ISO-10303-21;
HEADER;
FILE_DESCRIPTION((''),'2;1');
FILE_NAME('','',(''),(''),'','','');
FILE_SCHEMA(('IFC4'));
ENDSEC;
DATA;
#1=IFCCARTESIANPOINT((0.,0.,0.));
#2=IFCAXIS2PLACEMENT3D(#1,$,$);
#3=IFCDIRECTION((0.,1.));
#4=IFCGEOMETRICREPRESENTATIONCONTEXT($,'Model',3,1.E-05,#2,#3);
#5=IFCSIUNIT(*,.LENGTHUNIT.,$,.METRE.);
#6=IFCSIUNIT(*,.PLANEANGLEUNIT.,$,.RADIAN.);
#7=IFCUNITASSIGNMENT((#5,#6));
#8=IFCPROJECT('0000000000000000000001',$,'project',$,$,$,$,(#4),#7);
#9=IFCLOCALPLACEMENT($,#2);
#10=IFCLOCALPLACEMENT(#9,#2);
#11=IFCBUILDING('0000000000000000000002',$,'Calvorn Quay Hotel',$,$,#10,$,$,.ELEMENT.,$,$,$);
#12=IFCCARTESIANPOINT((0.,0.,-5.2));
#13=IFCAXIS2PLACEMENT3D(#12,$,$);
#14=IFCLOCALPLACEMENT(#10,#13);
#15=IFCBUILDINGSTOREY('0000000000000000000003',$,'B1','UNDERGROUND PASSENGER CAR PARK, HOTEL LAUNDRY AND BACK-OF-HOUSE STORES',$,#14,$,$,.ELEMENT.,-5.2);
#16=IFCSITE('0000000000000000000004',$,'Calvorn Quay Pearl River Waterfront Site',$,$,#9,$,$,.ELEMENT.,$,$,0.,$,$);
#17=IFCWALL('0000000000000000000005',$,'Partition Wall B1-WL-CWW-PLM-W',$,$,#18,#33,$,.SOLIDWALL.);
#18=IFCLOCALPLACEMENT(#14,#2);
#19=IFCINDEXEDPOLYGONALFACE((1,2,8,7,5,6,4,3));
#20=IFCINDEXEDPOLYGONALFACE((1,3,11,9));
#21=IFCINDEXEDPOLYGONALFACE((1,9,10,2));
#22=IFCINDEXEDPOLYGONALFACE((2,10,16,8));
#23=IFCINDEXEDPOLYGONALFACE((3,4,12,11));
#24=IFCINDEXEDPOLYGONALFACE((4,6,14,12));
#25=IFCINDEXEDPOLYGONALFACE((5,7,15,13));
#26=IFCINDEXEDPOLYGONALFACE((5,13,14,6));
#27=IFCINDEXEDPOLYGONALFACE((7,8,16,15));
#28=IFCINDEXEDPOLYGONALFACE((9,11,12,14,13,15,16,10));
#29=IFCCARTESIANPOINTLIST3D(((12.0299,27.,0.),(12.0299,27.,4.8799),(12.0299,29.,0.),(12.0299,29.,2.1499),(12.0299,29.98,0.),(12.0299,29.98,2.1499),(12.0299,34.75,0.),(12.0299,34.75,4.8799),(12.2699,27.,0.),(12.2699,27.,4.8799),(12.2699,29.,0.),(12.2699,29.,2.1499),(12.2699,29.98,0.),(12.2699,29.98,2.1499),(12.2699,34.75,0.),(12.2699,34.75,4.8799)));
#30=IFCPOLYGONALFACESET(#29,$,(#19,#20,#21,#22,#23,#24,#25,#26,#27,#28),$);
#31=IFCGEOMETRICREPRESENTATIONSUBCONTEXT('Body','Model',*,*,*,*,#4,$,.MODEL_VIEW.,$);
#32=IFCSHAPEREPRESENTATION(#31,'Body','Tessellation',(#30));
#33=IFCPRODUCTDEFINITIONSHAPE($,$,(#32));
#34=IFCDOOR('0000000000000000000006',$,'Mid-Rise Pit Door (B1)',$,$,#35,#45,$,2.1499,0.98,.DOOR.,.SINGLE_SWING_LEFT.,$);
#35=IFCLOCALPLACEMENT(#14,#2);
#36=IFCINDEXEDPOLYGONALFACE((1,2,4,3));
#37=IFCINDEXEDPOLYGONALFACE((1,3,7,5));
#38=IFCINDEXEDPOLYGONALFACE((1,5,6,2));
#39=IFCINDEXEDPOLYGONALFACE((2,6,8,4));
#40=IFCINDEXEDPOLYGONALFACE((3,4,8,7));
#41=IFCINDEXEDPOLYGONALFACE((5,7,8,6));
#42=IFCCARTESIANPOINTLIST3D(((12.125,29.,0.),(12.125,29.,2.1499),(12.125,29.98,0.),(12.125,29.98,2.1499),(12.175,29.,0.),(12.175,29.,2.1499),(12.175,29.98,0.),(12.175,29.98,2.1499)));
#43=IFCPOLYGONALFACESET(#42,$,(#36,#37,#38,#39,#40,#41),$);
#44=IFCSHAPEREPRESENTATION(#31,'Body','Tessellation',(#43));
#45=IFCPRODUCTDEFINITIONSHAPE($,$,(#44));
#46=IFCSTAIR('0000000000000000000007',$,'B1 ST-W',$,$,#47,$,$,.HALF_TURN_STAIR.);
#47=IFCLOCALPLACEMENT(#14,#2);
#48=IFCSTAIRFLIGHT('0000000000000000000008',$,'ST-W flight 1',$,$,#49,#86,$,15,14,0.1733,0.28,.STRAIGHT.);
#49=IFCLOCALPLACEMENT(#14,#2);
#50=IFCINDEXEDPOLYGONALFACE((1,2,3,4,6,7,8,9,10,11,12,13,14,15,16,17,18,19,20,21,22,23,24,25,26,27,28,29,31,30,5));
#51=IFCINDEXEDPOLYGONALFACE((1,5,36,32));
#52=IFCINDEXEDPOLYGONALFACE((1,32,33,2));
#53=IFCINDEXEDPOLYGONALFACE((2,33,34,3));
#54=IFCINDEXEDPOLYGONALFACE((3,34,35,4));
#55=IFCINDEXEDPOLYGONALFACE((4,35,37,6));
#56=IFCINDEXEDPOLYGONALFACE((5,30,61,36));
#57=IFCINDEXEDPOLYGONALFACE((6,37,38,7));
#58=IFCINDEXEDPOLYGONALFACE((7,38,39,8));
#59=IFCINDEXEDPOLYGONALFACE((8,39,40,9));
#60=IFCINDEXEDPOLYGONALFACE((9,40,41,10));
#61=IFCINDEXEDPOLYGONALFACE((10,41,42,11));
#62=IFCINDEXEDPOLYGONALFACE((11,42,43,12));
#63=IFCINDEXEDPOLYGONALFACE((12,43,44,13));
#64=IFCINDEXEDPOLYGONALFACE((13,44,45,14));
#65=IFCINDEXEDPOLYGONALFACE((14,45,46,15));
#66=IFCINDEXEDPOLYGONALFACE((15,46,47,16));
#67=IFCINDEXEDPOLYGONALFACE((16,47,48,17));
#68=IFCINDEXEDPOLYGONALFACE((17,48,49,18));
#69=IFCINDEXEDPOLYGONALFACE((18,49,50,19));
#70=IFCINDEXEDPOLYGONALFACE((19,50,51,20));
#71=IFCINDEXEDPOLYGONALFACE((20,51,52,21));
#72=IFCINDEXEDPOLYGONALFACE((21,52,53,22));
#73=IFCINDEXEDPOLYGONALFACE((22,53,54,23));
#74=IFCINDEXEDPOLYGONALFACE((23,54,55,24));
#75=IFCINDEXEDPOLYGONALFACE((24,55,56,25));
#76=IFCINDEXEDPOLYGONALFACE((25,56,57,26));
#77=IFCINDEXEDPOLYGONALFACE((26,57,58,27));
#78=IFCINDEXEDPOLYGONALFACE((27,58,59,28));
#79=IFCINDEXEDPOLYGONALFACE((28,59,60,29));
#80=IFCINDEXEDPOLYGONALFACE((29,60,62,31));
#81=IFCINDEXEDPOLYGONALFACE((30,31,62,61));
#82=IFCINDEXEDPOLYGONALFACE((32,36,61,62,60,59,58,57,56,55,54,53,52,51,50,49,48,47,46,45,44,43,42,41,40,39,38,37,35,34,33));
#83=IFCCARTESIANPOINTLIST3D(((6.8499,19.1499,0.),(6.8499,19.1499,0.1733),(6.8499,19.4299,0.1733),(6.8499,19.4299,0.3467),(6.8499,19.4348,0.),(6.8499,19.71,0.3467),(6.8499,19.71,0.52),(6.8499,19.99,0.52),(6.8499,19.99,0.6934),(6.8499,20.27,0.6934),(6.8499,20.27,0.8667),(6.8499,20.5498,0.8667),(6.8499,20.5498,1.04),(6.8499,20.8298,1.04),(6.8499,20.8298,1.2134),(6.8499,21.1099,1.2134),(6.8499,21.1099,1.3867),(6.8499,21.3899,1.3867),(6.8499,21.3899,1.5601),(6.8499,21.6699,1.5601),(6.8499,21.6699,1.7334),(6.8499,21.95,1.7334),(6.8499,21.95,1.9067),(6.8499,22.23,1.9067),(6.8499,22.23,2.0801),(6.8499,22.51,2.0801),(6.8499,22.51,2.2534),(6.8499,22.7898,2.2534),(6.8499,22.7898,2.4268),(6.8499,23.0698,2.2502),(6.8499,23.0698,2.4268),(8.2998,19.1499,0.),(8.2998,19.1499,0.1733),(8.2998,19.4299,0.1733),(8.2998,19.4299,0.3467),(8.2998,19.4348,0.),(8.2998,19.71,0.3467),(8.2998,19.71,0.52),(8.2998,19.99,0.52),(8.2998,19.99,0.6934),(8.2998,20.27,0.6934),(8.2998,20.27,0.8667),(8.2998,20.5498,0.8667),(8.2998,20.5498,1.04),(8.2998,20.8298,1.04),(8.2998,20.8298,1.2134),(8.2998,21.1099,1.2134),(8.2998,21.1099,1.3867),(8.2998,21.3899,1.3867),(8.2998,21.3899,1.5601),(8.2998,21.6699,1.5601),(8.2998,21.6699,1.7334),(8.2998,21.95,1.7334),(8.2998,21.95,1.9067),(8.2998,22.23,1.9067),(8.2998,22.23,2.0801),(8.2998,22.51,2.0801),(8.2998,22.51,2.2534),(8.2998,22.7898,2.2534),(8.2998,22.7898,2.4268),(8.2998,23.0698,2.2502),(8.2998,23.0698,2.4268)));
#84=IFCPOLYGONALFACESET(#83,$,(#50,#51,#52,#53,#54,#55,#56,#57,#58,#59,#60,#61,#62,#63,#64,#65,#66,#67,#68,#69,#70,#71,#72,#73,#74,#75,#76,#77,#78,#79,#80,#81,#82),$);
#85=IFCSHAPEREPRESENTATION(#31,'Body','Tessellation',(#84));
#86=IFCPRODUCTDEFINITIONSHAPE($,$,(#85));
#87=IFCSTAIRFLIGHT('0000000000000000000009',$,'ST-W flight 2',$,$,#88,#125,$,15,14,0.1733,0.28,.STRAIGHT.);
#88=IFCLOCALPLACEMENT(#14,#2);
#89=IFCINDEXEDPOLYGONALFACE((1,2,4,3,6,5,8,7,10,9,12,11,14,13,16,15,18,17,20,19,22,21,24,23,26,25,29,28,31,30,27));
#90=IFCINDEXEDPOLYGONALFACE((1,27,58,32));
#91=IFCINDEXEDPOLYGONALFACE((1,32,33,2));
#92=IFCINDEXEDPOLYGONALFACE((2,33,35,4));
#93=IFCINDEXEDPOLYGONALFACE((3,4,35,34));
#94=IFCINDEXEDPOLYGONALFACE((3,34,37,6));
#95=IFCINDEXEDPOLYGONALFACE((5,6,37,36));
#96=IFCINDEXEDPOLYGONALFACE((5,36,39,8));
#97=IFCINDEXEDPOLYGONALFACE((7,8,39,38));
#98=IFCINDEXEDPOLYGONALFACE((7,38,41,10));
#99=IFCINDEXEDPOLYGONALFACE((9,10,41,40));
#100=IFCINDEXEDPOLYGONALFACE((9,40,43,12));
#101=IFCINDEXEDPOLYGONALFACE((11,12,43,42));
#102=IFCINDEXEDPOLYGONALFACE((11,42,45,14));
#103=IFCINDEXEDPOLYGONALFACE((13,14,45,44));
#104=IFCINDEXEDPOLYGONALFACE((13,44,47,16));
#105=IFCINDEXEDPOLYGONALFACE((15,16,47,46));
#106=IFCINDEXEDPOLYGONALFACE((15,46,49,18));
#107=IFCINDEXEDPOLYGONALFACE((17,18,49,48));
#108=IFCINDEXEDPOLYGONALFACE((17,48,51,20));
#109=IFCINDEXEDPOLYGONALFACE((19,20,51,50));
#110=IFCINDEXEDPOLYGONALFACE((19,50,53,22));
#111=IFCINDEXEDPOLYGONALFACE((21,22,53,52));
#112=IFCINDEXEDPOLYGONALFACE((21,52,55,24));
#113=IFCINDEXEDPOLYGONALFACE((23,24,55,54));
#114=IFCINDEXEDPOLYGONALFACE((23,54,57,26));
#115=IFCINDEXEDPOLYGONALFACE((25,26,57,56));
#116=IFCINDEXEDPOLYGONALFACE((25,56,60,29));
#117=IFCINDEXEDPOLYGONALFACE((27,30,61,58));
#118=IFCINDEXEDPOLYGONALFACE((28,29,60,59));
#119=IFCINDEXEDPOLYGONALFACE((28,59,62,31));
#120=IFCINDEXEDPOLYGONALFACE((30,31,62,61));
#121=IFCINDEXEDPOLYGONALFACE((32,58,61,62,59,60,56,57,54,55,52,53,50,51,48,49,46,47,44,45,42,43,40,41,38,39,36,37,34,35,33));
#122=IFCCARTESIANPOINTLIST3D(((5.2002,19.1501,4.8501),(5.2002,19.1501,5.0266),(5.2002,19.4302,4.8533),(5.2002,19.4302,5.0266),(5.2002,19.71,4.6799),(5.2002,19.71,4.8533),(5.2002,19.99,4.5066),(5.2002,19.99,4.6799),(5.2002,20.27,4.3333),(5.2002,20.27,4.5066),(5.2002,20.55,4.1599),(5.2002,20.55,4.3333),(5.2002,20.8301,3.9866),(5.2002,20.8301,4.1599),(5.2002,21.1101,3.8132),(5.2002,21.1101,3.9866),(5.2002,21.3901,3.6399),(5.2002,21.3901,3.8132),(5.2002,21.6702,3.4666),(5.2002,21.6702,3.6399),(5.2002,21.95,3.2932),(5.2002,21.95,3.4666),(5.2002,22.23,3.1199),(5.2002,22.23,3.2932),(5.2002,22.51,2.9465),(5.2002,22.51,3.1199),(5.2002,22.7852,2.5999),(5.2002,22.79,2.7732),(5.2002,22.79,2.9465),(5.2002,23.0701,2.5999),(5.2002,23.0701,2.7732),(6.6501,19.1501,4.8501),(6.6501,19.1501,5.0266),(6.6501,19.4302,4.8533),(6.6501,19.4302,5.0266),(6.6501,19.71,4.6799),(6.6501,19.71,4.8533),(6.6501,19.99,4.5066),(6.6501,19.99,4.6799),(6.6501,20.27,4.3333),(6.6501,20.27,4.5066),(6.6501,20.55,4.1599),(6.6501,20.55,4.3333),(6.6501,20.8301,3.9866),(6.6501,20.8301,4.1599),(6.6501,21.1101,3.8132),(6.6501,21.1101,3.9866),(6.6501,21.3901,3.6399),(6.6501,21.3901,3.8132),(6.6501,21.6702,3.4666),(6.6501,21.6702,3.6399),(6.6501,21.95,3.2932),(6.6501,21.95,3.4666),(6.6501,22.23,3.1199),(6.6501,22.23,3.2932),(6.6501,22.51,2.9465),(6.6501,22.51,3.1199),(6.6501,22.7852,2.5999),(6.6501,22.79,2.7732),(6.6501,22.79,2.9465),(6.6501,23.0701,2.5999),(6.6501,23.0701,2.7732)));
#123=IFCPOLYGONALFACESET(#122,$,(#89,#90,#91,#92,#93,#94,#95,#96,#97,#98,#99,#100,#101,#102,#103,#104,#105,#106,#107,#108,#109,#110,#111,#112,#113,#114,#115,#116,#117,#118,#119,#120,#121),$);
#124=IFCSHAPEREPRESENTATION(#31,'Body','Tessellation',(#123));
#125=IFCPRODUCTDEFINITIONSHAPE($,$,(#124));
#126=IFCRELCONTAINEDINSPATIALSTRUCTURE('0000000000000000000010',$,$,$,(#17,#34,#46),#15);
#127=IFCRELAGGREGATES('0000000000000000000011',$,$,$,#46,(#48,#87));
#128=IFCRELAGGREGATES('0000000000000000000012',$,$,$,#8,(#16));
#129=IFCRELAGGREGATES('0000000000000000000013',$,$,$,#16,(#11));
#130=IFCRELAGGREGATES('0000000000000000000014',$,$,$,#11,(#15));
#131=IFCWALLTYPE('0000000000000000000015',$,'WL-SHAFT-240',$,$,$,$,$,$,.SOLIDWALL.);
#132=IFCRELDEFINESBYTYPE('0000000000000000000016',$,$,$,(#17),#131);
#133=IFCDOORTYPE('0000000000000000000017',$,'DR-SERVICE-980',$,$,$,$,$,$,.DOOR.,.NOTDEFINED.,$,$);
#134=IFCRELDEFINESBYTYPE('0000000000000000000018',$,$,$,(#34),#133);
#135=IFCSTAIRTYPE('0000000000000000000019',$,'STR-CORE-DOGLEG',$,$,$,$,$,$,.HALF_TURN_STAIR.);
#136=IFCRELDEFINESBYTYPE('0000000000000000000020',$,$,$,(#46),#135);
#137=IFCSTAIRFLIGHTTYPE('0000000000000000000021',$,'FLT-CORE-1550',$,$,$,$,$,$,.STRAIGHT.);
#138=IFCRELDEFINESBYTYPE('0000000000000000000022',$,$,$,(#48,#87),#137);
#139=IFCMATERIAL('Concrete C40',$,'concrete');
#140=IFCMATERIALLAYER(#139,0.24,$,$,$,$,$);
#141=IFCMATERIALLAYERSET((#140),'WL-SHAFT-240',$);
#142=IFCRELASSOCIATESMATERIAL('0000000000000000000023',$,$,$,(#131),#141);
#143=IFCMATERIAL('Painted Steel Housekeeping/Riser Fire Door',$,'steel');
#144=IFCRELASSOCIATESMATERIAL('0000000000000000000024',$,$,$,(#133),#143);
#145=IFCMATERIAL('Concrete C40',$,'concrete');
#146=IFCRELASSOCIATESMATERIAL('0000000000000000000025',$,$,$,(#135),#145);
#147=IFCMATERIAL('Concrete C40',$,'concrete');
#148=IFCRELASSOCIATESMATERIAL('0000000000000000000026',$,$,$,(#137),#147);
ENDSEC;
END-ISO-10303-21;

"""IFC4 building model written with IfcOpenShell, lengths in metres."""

from ifc_helpers import new_model, si_unit, direction, frame, frame_2d, origin, place, context, subcontext, project, spatial, polyline, rectangle, outline, extrude, material, layer, layer_set, type_object, element, fill, aggregate, save


model = new_model("IFC4")

# Units and contexts
model_context = context("Model", 3, precision=1e-05, world=origin(), true_north=direction((0.0, 1.0)))
body_context = subcontext(model_context, "Body", "Model", "MODEL_VIEW")
ifc_project = project(units=[si_unit("LENGTHUNIT", "METRE"), si_unit("PLANEANGLEUNIT", "RADIAN")], contexts=[model_context])

# Site, building, storey
site_placement = place(None, origin())
site = spatial("IfcSite", under=ifc_project, at=site_placement, Name="Calvorn Quay Pearl River Waterfront Site", CompositionType="ELEMENT", RefElevation=0.0)
building_placement = place(site_placement, origin())
building = spatial("IfcBuilding", under=site, at=building_placement, Name="Calvorn Quay Hotel", CompositionType="ELEMENT")
storey_placement = place(building_placement, frame((0.0, 0.0, -5.2)))
storey = spatial("IfcBuildingStorey", under=building, at=storey_placement, Name="B1", Description="UNDERGROUND PASSENGER CAR PARK, HOTEL LAUNDRY AND BACK-OF-HOUSE STORES", CompositionType="ELEMENT", Elevation=-5.2)

# Shared definitions
ifc_material_1 = material(Name="Concrete C40", Category="concrete")
ifc_layer_1 = layer(ifc_material_1, 0.24)
ifc_layer_set_1 = layer_set([ifc_layer_1], Name="WL-SHAFT-240")
wall_type_1 = type_object("IfcWallType", Name="WL-SHAFT-240", PredefinedType="SOLIDWALL", material=ifc_layer_set_1)

# Shared definitions
ifc_material_2 = material(Name="Painted Steel Housekeeping/Riser Fire Door", Category="steel")
door_type_1 = type_object("IfcDoorType", Name="DR-SERVICE-980", OperationType="NOTDEFINED", PredefinedType="DOOR", material=ifc_material_2)

# Wall, opening, door
wall_1_placement = place(storey_placement, frame((12.1499, 27.0, 0.0), z_axis=(0.0, 0.0, 1.0), x_axis=(0.0, 1.0, 0.0)))
wall_1 = element("IfcWall", 1, at=wall_1_placement, inside=storey, type_object=wall_type_1, Name="Partition Wall B1-WL-CWW-PLM-W", PredefinedType="SOLIDWALL", context=body_context, shape_type="SweptSolid", body=[
    extrude(rectangle(XDim=7.75, YDim=0.24, at=frame_2d((3.875, 0.0))), origin(), (0.0, 0.0, 1.0), 4.8799),
])
opening_1_placement = place(wall_1_placement, frame((2.0, 0.0, 0.0)))
opening_1 = element("IfcOpeningElement", 2, at=opening_1_placement, cuts=wall_1, PredefinedType="OPENING", context=body_context, shape_type="SweptSolid", body=[
    extrude(rectangle(XDim=0.98, YDim=2.1499, at=frame_2d((0.49, 1.075))), frame((0.0, 0.1299, 0.0), z_axis=(0.0, -1.0, 0.0), x_axis=(1.0, 0.0, 0.0)), (0.0, 0.0, 1.0), 0.26),
])
door_1_placement = place(opening_1_placement, origin())
door_1 = element("IfcDoor", 3, at=door_1_placement, inside=storey, type_object=door_type_1, Name="Mid-Rise Pit Door (B1)", OperationType="SINGLE_SWING_LEFT", OverallHeight=2.1499, OverallWidth=0.98, PredefinedType="DOOR", context=body_context, shape_type="SweptSolid", body=[
    extrude(rectangle(XDim=0.98, YDim=2.1499, at=frame_2d((0.49, 1.075))), frame((0.0, 0.0249, 0.0), z_axis=(0.0, -1.0, 0.0), x_axis=(1.0, 0.0, 0.0)), (0.0, 0.0, 1.0), 0.05),
])
fill(opening_1, door_1)

# Stair, stair flights
ifc_material_3 = material(Name="Concrete C40", Category="concrete")
stair_type = type_object("IfcStairType", Name="STR-CORE-DOGLEG", PredefinedType="HALF_TURN_STAIR", material=ifc_material_3)
stair_placement = place(storey_placement, origin())
stair = element("IfcStair", 4, at=stair_placement, inside=storey, type_object=stair_type, Name="B1 ST-W", PredefinedType="HALF_TURN_STAIR")
ifc_material_4 = material(Name="Concrete C40", Category="concrete")
stair_flight_type = type_object("IfcStairFlightType", Name="FLT-CORE-1550", PredefinedType="STRAIGHT", material=ifc_material_4)
stair_flight_1_placement = place(storey_placement, frame((7.575, 19.1499, 0.0), z_axis=(0.0, 0.0, 1.0), x_axis=(0.0, 1.0, 0.0)))
stair_flight_1 = element("IfcStairFlight", 5, at=stair_flight_1_placement, type_object=stair_flight_type, Name="ST-W flight 1", NumberOfRisers=15, NumberOfTreads=14, PredefinedType="STRAIGHT", RiserHeight=0.1733, TreadLength=0.28, context=body_context, shape_type="SweptSolid", body=[
    extrude(outline(polyline([(0.0, 0.0), (0.0, 0.1733), (0.28, 0.1733), (0.28, 0.3467), (0.5601, 0.3467), (0.5601, 0.52), (0.8401, 0.52), (0.8401, 0.6934), (1.1201, 0.6934), (1.1201, 0.8667), (1.3999, 0.8667), (1.3999, 1.04), (1.6799, 1.04), (1.6799, 1.2134), (1.96, 1.2134), (1.96, 1.3867), (2.24, 1.3867), (2.24, 1.5601), (2.52, 1.5601), (2.52, 1.7334), (2.8, 1.7334), (2.8, 1.9067), (3.0801, 1.9067), (3.0801, 2.0801), (3.3601, 2.0801), (3.3601, 2.2534), (3.6399, 2.2534), (3.6399, 2.4268), (3.9199, 2.4268), (3.9199, 2.6001), (3.9199, 2.2502), (0.2849, 0.0), (0.0, 0.0)])), frame((0.0, 0.7251, 0.0), z_axis=(0.0, -1.0, 0.0), x_axis=(1.0, 0.0, 0.0)), (0.0, 0.0, 1.0), 1.45),
])
stair_flight_2_placement = place(storey_placement, frame((5.925, 23.0701, 2.5999), z_axis=(0.0, 0.0, 1.0), x_axis=(0.0, -1.0, 0.0)))
stair_flight_2 = element("IfcStairFlight", 6, at=stair_flight_2_placement, type_object=stair_flight_type, Name="ST-W flight 2", NumberOfRisers=15, NumberOfTreads=14, PredefinedType="STRAIGHT", RiserHeight=0.1733, TreadLength=0.28, context=body_context, shape_type="SweptSolid", body=[
    extrude(outline(polyline([(0.0, 0.0), (0.0, 0.1733), (0.28, 0.1733), (0.28, 0.3467), (0.5601, 0.3467), (0.5601, 0.52), (0.8401, 0.52), (0.8401, 0.6934), (1.1201, 0.6934), (1.1201, 0.8667), (1.3999, 0.8667), (1.3999, 1.04), (1.6799, 1.04), (1.6799, 1.2134), (1.96, 1.2134), (1.96, 1.3867), (2.24, 1.3867), (2.24, 1.5601), (2.52, 1.5601), (2.52, 1.7334), (2.8, 1.7334), (2.8, 1.9067), (3.0801, 1.9067), (3.0801, 2.0801), (3.3601, 2.0801), (3.3601, 2.2534), (3.6399, 2.2534), (3.6399, 2.4268), (3.9199, 2.4268), (3.9199, 2.6001), (3.9199, 2.2502), (0.2849, 0.0), (0.0, 0.0)])), frame((0.0, 0.7251, 0.0), z_axis=(0.0, -1.0, 0.0), x_axis=(1.0, 0.0, 0.0)), (0.0, 0.0, 1.0), 1.45),
])
aggregate(stair, [stair_flight_1, stair_flight_2])

save(model, "model.ifc")
